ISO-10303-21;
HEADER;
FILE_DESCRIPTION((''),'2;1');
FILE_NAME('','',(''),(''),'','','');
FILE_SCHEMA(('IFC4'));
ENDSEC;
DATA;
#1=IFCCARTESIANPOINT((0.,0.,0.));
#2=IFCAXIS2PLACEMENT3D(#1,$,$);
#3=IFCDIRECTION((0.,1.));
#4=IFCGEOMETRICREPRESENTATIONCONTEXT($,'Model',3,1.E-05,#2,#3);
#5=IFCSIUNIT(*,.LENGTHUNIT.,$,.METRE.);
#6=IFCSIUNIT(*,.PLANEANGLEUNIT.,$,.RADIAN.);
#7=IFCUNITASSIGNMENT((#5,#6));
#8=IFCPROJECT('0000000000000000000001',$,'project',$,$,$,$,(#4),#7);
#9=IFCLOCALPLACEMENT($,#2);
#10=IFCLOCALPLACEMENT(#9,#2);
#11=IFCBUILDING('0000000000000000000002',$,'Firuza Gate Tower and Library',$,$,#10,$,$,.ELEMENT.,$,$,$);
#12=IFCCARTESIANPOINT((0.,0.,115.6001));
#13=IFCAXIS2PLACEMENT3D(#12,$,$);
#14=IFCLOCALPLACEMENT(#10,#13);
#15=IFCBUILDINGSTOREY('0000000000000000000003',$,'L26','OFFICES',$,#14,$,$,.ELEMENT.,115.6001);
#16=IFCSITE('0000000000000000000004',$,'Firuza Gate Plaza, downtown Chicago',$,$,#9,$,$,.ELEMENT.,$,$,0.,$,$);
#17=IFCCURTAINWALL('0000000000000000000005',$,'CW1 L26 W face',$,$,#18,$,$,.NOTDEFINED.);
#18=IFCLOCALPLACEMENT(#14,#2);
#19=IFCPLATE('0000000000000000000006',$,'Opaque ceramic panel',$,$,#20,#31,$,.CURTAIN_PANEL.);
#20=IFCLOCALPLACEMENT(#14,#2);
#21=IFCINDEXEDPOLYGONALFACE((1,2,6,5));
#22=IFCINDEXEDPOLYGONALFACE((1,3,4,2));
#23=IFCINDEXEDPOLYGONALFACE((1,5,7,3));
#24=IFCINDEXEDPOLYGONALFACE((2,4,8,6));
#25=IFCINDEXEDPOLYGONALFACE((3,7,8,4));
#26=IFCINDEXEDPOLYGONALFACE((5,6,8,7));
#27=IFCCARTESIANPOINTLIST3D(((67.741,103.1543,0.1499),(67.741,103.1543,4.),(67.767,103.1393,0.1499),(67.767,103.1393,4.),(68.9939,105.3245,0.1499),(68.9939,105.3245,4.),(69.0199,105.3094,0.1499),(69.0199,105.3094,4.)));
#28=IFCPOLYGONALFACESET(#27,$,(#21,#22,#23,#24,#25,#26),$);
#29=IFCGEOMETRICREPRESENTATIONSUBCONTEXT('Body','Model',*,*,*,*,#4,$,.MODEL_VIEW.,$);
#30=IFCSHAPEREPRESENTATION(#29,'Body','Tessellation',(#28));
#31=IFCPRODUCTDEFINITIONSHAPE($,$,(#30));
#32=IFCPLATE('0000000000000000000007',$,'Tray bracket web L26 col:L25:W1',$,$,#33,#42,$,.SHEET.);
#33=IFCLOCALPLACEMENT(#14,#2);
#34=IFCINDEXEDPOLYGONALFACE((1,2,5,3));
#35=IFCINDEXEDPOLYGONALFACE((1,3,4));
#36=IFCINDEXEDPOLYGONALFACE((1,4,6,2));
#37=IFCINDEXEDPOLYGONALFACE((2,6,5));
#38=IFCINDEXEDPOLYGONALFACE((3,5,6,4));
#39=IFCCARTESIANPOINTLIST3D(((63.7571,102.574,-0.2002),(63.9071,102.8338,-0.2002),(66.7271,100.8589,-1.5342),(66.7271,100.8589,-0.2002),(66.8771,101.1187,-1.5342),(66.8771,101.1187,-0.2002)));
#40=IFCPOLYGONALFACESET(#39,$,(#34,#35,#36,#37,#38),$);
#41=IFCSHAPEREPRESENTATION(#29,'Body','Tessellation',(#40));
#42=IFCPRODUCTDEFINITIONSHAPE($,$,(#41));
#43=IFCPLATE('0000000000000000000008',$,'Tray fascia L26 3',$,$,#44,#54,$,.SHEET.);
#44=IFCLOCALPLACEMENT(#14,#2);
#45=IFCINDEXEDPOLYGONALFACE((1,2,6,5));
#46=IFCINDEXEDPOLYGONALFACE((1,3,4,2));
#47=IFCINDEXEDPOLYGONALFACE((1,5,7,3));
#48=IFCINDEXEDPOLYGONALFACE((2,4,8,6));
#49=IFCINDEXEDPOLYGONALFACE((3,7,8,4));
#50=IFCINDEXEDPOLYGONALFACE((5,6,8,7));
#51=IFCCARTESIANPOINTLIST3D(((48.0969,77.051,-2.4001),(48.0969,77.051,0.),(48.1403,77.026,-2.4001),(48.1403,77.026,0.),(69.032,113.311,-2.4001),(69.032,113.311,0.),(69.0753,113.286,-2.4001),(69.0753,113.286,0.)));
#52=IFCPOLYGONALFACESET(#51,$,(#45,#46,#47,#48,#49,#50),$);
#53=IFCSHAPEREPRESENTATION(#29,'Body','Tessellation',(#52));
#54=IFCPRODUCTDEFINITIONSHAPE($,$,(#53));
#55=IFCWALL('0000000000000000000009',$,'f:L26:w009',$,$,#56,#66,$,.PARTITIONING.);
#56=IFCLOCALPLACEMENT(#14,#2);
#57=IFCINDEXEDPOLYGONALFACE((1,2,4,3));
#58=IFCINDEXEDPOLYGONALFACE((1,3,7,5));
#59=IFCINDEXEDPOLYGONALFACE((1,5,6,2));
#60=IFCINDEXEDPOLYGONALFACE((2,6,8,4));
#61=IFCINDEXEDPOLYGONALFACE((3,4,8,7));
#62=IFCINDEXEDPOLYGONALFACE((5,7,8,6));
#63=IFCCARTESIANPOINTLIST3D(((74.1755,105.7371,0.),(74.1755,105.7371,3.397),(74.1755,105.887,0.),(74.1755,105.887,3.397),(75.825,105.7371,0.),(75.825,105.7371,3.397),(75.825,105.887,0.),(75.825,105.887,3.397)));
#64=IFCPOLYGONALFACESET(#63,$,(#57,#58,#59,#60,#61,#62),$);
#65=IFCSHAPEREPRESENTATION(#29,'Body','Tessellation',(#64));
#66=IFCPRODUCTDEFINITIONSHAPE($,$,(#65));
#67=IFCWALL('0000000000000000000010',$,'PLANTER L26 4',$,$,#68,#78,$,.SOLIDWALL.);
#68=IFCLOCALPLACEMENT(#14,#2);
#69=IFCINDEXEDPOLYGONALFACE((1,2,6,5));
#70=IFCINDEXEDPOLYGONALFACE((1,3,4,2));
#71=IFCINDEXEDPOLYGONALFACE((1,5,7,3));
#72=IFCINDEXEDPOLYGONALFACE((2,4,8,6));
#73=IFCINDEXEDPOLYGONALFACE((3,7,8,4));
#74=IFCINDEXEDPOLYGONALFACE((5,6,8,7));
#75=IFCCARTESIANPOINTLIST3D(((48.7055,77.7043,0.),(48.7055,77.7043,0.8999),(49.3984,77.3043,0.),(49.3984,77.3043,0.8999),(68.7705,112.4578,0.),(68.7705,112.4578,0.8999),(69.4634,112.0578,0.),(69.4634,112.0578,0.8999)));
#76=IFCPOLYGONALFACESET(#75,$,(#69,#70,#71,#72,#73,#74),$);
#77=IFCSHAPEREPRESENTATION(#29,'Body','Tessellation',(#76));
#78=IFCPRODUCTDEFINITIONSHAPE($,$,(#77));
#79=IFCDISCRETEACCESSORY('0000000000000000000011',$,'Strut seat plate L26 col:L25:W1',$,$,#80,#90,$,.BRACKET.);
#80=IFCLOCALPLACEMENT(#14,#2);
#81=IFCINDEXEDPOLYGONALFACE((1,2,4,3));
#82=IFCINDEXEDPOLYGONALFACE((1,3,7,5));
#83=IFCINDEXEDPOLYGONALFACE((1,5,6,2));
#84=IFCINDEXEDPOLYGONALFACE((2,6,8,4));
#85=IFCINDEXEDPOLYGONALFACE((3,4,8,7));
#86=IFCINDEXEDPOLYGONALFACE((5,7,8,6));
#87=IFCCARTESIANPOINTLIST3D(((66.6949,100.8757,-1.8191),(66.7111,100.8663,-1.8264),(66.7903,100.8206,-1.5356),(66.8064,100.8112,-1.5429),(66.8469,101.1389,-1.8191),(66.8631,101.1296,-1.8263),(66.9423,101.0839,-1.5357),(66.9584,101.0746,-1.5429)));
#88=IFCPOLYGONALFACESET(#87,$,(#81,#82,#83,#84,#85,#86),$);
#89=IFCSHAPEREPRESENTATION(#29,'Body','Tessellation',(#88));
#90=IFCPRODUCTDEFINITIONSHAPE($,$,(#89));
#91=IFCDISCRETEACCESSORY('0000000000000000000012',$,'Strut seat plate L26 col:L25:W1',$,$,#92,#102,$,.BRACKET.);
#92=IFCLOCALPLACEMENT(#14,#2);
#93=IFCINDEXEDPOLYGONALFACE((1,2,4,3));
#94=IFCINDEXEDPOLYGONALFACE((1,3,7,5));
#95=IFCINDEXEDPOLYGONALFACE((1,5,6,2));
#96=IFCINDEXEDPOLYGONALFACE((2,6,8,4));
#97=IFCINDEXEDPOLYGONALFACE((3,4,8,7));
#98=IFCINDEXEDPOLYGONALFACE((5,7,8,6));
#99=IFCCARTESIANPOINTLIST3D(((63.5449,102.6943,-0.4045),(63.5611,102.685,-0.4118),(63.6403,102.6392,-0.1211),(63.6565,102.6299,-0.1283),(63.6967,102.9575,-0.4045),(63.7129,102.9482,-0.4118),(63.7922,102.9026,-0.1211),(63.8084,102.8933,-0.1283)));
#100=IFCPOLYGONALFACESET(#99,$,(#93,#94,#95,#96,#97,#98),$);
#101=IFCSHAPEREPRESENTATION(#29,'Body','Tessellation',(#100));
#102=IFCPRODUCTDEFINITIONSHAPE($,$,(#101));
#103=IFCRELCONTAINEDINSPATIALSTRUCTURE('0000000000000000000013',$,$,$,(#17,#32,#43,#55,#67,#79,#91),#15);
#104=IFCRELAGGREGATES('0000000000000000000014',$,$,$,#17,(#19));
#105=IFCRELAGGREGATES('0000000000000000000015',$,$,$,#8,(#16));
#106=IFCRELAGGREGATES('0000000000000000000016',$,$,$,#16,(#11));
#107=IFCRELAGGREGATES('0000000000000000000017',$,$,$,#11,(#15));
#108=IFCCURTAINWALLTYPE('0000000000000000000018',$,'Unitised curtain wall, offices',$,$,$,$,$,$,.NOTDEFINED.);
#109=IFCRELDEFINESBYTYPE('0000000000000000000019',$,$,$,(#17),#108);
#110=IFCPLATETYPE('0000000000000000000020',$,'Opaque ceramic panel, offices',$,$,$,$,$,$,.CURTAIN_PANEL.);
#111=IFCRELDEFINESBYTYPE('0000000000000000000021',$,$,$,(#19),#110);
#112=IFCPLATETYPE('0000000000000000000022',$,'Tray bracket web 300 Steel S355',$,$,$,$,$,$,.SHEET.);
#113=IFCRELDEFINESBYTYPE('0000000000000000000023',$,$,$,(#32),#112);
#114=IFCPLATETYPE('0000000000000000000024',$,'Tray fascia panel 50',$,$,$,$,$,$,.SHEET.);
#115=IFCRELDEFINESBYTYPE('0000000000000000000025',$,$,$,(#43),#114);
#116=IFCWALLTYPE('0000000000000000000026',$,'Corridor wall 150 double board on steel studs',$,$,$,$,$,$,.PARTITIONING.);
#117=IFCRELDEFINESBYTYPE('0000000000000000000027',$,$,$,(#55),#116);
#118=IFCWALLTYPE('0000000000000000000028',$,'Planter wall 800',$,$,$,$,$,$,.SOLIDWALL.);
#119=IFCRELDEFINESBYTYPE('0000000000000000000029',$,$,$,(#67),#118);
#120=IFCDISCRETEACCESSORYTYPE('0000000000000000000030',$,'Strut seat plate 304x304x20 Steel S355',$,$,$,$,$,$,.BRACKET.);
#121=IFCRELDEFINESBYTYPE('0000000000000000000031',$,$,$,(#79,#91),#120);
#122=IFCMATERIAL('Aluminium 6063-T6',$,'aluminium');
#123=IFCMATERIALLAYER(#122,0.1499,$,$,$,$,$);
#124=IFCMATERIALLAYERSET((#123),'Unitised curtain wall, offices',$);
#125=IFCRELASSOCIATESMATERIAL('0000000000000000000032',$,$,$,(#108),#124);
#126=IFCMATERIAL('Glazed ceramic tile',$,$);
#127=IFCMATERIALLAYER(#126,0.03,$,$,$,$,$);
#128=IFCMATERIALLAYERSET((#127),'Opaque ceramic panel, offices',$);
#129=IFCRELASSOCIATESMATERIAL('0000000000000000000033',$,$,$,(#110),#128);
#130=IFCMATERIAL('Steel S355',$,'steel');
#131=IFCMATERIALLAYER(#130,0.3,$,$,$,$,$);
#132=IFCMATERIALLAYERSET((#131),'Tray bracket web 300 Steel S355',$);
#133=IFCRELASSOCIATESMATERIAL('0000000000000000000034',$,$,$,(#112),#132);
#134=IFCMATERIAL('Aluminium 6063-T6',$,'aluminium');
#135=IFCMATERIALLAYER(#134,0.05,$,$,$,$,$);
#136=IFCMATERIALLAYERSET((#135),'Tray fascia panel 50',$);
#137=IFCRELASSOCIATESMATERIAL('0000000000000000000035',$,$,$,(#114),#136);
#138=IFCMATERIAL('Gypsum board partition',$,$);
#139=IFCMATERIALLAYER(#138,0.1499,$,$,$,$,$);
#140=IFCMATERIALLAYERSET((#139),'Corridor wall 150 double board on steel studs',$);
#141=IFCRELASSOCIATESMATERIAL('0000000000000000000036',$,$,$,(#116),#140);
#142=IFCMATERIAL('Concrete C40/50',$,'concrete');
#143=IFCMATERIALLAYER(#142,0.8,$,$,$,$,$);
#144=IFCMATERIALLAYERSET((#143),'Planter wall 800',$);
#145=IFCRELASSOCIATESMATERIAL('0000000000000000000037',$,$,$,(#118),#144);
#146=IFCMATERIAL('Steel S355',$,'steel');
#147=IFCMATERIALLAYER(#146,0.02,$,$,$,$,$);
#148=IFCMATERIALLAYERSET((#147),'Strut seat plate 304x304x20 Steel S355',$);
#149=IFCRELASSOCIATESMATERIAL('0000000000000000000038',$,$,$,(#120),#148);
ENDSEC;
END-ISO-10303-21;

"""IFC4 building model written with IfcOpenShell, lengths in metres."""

from ifc_helpers import new_model, si_unit, direction, frame, frame_2d, origin, place, context, subcontext, project, spatial, polyline, rectangle, outline, extrude, material, layer, layer_set, type_object, element, aggregate, save


model = new_model("IFC4")

# Units and contexts
model_context = context("Model", 3, precision=1e-05, world=origin(), true_north=direction((0.0, 1.0)))
body_context = subcontext(model_context, "Body", "Model", "MODEL_VIEW")
ifc_project = project(units=[si_unit("LENGTHUNIT", "METRE"), si_unit("PLANEANGLEUNIT", "RADIAN")], contexts=[model_context])

# Site, building, storey
site_placement = place(None, origin())
site = spatial("IfcSite", under=ifc_project, at=site_placement, Name="Firuza Gate Plaza, downtown Chicago", CompositionType="ELEMENT", RefElevation=0.0)
building_placement = place(site_placement, origin())
building = spatial("IfcBuilding", under=site, at=building_placement, Name="Firuza Gate Tower and Library", CompositionType="ELEMENT")
storey_placement = place(building_placement, frame((0.0, 0.0, 115.6001)))
storey = spatial("IfcBuildingStorey", under=building, at=storey_placement, Name="L26", Description="OFFICES", CompositionType="ELEMENT", Elevation=115.6001)

# Curtain wall
ifc_material_1 = material(Name="Aluminium 6063-T6", Category="aluminium")
ifc_layer_1 = layer(ifc_material_1, 0.1499)
ifc_layer_set_1 = layer_set([ifc_layer_1], Name="Unitised curtain wall, offices")
curtain_wall_type_1 = type_object("IfcCurtainWallType", Name="Unitised curtain wall, offices", PredefinedType="NOTDEFINED", material=ifc_layer_set_1)
placement = place(storey_placement, origin())
curtain_wall_1 = element("IfcCurtainWall", 1, at=placement, inside=storey, type_object=curtain_wall_type_1, Name="CW1 L26 W face", PredefinedType="NOTDEFINED")

# Plate
ifc_material_2 = material(Name="Glazed ceramic tile")
ifc_layer_2 = layer(ifc_material_2, 0.03)
ifc_layer_set_2 = layer_set([ifc_layer_2], Name="Opaque ceramic panel, offices")
plate_type_1 = type_object("IfcPlateType", Name="Opaque ceramic panel, offices", PredefinedType="CURTAIN_PANEL", material=ifc_layer_set_2)
plate_1_placement = place(storey_placement, frame((68.9939, 105.3245, 0.1499), z_axis=(-0.866028, 0.499995, 0.0), x_axis=(-0.499995, -0.866028, 0.0)))
plate_1 = element("IfcPlate", 2, at=plate_1_placement, type_object=plate_type_1, Name="Opaque ceramic panel", PredefinedType="CURTAIN_PANEL", context=body_context, shape_type="SweptSolid", body=[
    extrude(outline(polyline([(0.0, 0.0), (2.5059, 0.0), (2.5059, 3.8501), (0.0, 3.8501), (0.0, 0.0)])), origin(), (0.0, 0.0, -1.0), 0.03),
])
aggregate(curtain_wall_1, [plate_1])

# Plates
ifc_material_3 = material(Name="Steel S355", Category="steel")
ifc_layer_3 = layer(ifc_material_3, 0.3)
ifc_layer_set_3 = layer_set([ifc_layer_3], Name="Tray bracket web 300 Steel S355")
plate_type_2 = type_object("IfcPlateType", Name="Tray bracket web 300 Steel S355", PredefinedType="SHEET", material=ifc_layer_set_3)
plate_2_placement = place(storey_placement, frame((66.7271, 100.8589, -0.2002), z_axis=(-0.500082, -0.865978, 0.0), x_axis=(-0.865978, 0.500082, 0.0)))
element("IfcPlate", 3, at=plate_2_placement, inside=storey, type_object=plate_type_2, Name="Tray bracket web L26 col:L25:W1", PredefinedType="SHEET", context=body_context, shape_type="SweptSolid", body=[
    extrude(outline(polyline([(0.0, 0.0), (3.4296, 0.0), (0.0, 1.334), (0.0, 0.0)])), origin(), (0.0, 0.0, -1.0), 0.3),
])
ifc_material_4 = material(Name="Aluminium 6063-T6", Category="aluminium")
ifc_layer_4 = layer(ifc_material_4, 0.05)
ifc_layer_set_4 = layer_set([ifc_layer_4], Name="Tray fascia panel 50")
plate_type_3 = type_object("IfcPlateType", Name="Tray fascia panel 50", PredefinedType="SHEET", material=ifc_layer_set_4)
plate_3_placement = place(storey_placement, frame((69.032, 113.311, -2.4001), z_axis=(-0.866022, 0.500006, 0.0), x_axis=(-0.500006, -0.866022, 0.0)))
element("IfcPlate", 4, at=plate_3_placement, inside=storey, type_object=plate_type_3, Name="Tray fascia L26 3", PredefinedType="SHEET", context=body_context, shape_type="SweptSolid", body=[
    extrude(outline(polyline([(0.0, 0.0), (41.8696, 0.0), (41.8696, 2.4001), (0.0, 2.4001), (0.0, 0.0)])), origin(), (0.0, 0.0, -1.0), 0.05),
])

# Walls
ifc_material_5 = material(Name="Gypsum board partition")
ifc_layer_5 = layer(ifc_material_5, 0.1499)
ifc_layer_set_5 = layer_set([ifc_layer_5], Name="Corridor wall 150 double board on steel studs")
wall_type_1 = type_object("IfcWallType", Name="Corridor wall 150 double board on steel studs", PredefinedType="PARTITIONING", material=ifc_layer_set_5)
wall_1_placement = place(storey_placement, frame((74.1755, 105.812, 0.0), z_axis=(0.0, 0.0, 1.0), x_axis=(1.0, 0.0, 0.0)))
element("IfcWall", 5, at=wall_1_placement, inside=storey, type_object=wall_type_1, Name="f:L26:w009", PredefinedType="PARTITIONING", context=body_context, shape_type="SweptSolid", body=[
    extrude(rectangle(XDim=1.6494, YDim=0.1499, at=frame_2d((0.8247, 0.0))), origin(), (0.0, 0.0, 1.0), 3.397),
])
ifc_material_6 = material(Name="Concrete C40/50", Category="concrete")
ifc_layer_6 = layer(ifc_material_6, 0.8)
ifc_layer_set_6 = layer_set([ifc_layer_6], Name="Planter wall 800")
wall_type_2 = type_object("IfcWallType", Name="Planter wall 800", PredefinedType="SOLIDWALL", material=ifc_layer_set_6)
wall_2_placement = place(storey_placement, frame((69.1169, 112.2578, 0.0), z_axis=(0.0, 0.0, 1.0), x_axis=(-0.500001, -0.866025, 0.0)))
element("IfcWall", 6, at=wall_2_placement, inside=storey, type_object=wall_type_2, Name="PLANTER L26 4", PredefinedType="SOLIDWALL", context=body_context, shape_type="SweptSolid", body=[
    extrude(rectangle(XDim=40.1299, YDim=0.8, at=frame_2d((20.0649, 0.0))), origin(), (0.0, 0.0, 1.0), 0.8999),
])

# Discrete accessories
ifc_material_7 = material(Name="Steel S355", Category="steel")
ifc_layer_7 = layer(ifc_material_7, 0.02)
ifc_layer_set_7 = layer_set([ifc_layer_7], Name="Strut seat plate 304x304x20 Steel S355")
discrete_accessory_type = type_object("IfcDiscreteAccessoryType", Name="Strut seat plate 304x304x20 Steel S355", PredefinedType="BRACKET", material=ifc_layer_set_7)
discrete_accessory_1_placement = place(storey_placement, frame((66.7903, 100.8206, -1.5356), z_axis=(-0.807329, 0.465982, 0.362051), x_axis=(0.499834, 0.866121, -0.000185)))
element("IfcDiscreteAccessory", 7, at=discrete_accessory_1_placement, inside=storey, type_object=discrete_accessory_type, Name="Strut seat plate L26 col:L25:W1", PredefinedType="BRACKET", context=body_context, shape_type="SweptSolid", body=[
    extrude(outline(polyline([(0.0, 0.0), (0.3041, 0.0), (0.3041, 0.304), (0.0001, 0.3041), (0.0, 0.0)])), origin(), (0.0, 0.0, -1.0), 0.02),
])
discrete_accessory_2_placement = place(storey_placement, frame((63.7922, 102.9026, -0.1211), z_axis=(-0.807389, 0.465643, 0.362353), x_axis=(-0.499572, -0.866272, 0.000068)))
element("IfcDiscreteAccessory", 8, at=discrete_accessory_2_placement, inside=storey, type_object=discrete_accessory_type, Name="Strut seat plate L26 col:L25:W1", PredefinedType="BRACKET", context=body_context, shape_type="SweptSolid", body=[
    extrude(outline(polyline([(0.0, 0.0), (0.3041, 0.0), (0.3039, -0.3041), (0.0001, -0.3041), (0.0, 0.0)])), origin(), (0.0, 0.0, -1.0), 0.02),
])

save(model, "model.ifc")
